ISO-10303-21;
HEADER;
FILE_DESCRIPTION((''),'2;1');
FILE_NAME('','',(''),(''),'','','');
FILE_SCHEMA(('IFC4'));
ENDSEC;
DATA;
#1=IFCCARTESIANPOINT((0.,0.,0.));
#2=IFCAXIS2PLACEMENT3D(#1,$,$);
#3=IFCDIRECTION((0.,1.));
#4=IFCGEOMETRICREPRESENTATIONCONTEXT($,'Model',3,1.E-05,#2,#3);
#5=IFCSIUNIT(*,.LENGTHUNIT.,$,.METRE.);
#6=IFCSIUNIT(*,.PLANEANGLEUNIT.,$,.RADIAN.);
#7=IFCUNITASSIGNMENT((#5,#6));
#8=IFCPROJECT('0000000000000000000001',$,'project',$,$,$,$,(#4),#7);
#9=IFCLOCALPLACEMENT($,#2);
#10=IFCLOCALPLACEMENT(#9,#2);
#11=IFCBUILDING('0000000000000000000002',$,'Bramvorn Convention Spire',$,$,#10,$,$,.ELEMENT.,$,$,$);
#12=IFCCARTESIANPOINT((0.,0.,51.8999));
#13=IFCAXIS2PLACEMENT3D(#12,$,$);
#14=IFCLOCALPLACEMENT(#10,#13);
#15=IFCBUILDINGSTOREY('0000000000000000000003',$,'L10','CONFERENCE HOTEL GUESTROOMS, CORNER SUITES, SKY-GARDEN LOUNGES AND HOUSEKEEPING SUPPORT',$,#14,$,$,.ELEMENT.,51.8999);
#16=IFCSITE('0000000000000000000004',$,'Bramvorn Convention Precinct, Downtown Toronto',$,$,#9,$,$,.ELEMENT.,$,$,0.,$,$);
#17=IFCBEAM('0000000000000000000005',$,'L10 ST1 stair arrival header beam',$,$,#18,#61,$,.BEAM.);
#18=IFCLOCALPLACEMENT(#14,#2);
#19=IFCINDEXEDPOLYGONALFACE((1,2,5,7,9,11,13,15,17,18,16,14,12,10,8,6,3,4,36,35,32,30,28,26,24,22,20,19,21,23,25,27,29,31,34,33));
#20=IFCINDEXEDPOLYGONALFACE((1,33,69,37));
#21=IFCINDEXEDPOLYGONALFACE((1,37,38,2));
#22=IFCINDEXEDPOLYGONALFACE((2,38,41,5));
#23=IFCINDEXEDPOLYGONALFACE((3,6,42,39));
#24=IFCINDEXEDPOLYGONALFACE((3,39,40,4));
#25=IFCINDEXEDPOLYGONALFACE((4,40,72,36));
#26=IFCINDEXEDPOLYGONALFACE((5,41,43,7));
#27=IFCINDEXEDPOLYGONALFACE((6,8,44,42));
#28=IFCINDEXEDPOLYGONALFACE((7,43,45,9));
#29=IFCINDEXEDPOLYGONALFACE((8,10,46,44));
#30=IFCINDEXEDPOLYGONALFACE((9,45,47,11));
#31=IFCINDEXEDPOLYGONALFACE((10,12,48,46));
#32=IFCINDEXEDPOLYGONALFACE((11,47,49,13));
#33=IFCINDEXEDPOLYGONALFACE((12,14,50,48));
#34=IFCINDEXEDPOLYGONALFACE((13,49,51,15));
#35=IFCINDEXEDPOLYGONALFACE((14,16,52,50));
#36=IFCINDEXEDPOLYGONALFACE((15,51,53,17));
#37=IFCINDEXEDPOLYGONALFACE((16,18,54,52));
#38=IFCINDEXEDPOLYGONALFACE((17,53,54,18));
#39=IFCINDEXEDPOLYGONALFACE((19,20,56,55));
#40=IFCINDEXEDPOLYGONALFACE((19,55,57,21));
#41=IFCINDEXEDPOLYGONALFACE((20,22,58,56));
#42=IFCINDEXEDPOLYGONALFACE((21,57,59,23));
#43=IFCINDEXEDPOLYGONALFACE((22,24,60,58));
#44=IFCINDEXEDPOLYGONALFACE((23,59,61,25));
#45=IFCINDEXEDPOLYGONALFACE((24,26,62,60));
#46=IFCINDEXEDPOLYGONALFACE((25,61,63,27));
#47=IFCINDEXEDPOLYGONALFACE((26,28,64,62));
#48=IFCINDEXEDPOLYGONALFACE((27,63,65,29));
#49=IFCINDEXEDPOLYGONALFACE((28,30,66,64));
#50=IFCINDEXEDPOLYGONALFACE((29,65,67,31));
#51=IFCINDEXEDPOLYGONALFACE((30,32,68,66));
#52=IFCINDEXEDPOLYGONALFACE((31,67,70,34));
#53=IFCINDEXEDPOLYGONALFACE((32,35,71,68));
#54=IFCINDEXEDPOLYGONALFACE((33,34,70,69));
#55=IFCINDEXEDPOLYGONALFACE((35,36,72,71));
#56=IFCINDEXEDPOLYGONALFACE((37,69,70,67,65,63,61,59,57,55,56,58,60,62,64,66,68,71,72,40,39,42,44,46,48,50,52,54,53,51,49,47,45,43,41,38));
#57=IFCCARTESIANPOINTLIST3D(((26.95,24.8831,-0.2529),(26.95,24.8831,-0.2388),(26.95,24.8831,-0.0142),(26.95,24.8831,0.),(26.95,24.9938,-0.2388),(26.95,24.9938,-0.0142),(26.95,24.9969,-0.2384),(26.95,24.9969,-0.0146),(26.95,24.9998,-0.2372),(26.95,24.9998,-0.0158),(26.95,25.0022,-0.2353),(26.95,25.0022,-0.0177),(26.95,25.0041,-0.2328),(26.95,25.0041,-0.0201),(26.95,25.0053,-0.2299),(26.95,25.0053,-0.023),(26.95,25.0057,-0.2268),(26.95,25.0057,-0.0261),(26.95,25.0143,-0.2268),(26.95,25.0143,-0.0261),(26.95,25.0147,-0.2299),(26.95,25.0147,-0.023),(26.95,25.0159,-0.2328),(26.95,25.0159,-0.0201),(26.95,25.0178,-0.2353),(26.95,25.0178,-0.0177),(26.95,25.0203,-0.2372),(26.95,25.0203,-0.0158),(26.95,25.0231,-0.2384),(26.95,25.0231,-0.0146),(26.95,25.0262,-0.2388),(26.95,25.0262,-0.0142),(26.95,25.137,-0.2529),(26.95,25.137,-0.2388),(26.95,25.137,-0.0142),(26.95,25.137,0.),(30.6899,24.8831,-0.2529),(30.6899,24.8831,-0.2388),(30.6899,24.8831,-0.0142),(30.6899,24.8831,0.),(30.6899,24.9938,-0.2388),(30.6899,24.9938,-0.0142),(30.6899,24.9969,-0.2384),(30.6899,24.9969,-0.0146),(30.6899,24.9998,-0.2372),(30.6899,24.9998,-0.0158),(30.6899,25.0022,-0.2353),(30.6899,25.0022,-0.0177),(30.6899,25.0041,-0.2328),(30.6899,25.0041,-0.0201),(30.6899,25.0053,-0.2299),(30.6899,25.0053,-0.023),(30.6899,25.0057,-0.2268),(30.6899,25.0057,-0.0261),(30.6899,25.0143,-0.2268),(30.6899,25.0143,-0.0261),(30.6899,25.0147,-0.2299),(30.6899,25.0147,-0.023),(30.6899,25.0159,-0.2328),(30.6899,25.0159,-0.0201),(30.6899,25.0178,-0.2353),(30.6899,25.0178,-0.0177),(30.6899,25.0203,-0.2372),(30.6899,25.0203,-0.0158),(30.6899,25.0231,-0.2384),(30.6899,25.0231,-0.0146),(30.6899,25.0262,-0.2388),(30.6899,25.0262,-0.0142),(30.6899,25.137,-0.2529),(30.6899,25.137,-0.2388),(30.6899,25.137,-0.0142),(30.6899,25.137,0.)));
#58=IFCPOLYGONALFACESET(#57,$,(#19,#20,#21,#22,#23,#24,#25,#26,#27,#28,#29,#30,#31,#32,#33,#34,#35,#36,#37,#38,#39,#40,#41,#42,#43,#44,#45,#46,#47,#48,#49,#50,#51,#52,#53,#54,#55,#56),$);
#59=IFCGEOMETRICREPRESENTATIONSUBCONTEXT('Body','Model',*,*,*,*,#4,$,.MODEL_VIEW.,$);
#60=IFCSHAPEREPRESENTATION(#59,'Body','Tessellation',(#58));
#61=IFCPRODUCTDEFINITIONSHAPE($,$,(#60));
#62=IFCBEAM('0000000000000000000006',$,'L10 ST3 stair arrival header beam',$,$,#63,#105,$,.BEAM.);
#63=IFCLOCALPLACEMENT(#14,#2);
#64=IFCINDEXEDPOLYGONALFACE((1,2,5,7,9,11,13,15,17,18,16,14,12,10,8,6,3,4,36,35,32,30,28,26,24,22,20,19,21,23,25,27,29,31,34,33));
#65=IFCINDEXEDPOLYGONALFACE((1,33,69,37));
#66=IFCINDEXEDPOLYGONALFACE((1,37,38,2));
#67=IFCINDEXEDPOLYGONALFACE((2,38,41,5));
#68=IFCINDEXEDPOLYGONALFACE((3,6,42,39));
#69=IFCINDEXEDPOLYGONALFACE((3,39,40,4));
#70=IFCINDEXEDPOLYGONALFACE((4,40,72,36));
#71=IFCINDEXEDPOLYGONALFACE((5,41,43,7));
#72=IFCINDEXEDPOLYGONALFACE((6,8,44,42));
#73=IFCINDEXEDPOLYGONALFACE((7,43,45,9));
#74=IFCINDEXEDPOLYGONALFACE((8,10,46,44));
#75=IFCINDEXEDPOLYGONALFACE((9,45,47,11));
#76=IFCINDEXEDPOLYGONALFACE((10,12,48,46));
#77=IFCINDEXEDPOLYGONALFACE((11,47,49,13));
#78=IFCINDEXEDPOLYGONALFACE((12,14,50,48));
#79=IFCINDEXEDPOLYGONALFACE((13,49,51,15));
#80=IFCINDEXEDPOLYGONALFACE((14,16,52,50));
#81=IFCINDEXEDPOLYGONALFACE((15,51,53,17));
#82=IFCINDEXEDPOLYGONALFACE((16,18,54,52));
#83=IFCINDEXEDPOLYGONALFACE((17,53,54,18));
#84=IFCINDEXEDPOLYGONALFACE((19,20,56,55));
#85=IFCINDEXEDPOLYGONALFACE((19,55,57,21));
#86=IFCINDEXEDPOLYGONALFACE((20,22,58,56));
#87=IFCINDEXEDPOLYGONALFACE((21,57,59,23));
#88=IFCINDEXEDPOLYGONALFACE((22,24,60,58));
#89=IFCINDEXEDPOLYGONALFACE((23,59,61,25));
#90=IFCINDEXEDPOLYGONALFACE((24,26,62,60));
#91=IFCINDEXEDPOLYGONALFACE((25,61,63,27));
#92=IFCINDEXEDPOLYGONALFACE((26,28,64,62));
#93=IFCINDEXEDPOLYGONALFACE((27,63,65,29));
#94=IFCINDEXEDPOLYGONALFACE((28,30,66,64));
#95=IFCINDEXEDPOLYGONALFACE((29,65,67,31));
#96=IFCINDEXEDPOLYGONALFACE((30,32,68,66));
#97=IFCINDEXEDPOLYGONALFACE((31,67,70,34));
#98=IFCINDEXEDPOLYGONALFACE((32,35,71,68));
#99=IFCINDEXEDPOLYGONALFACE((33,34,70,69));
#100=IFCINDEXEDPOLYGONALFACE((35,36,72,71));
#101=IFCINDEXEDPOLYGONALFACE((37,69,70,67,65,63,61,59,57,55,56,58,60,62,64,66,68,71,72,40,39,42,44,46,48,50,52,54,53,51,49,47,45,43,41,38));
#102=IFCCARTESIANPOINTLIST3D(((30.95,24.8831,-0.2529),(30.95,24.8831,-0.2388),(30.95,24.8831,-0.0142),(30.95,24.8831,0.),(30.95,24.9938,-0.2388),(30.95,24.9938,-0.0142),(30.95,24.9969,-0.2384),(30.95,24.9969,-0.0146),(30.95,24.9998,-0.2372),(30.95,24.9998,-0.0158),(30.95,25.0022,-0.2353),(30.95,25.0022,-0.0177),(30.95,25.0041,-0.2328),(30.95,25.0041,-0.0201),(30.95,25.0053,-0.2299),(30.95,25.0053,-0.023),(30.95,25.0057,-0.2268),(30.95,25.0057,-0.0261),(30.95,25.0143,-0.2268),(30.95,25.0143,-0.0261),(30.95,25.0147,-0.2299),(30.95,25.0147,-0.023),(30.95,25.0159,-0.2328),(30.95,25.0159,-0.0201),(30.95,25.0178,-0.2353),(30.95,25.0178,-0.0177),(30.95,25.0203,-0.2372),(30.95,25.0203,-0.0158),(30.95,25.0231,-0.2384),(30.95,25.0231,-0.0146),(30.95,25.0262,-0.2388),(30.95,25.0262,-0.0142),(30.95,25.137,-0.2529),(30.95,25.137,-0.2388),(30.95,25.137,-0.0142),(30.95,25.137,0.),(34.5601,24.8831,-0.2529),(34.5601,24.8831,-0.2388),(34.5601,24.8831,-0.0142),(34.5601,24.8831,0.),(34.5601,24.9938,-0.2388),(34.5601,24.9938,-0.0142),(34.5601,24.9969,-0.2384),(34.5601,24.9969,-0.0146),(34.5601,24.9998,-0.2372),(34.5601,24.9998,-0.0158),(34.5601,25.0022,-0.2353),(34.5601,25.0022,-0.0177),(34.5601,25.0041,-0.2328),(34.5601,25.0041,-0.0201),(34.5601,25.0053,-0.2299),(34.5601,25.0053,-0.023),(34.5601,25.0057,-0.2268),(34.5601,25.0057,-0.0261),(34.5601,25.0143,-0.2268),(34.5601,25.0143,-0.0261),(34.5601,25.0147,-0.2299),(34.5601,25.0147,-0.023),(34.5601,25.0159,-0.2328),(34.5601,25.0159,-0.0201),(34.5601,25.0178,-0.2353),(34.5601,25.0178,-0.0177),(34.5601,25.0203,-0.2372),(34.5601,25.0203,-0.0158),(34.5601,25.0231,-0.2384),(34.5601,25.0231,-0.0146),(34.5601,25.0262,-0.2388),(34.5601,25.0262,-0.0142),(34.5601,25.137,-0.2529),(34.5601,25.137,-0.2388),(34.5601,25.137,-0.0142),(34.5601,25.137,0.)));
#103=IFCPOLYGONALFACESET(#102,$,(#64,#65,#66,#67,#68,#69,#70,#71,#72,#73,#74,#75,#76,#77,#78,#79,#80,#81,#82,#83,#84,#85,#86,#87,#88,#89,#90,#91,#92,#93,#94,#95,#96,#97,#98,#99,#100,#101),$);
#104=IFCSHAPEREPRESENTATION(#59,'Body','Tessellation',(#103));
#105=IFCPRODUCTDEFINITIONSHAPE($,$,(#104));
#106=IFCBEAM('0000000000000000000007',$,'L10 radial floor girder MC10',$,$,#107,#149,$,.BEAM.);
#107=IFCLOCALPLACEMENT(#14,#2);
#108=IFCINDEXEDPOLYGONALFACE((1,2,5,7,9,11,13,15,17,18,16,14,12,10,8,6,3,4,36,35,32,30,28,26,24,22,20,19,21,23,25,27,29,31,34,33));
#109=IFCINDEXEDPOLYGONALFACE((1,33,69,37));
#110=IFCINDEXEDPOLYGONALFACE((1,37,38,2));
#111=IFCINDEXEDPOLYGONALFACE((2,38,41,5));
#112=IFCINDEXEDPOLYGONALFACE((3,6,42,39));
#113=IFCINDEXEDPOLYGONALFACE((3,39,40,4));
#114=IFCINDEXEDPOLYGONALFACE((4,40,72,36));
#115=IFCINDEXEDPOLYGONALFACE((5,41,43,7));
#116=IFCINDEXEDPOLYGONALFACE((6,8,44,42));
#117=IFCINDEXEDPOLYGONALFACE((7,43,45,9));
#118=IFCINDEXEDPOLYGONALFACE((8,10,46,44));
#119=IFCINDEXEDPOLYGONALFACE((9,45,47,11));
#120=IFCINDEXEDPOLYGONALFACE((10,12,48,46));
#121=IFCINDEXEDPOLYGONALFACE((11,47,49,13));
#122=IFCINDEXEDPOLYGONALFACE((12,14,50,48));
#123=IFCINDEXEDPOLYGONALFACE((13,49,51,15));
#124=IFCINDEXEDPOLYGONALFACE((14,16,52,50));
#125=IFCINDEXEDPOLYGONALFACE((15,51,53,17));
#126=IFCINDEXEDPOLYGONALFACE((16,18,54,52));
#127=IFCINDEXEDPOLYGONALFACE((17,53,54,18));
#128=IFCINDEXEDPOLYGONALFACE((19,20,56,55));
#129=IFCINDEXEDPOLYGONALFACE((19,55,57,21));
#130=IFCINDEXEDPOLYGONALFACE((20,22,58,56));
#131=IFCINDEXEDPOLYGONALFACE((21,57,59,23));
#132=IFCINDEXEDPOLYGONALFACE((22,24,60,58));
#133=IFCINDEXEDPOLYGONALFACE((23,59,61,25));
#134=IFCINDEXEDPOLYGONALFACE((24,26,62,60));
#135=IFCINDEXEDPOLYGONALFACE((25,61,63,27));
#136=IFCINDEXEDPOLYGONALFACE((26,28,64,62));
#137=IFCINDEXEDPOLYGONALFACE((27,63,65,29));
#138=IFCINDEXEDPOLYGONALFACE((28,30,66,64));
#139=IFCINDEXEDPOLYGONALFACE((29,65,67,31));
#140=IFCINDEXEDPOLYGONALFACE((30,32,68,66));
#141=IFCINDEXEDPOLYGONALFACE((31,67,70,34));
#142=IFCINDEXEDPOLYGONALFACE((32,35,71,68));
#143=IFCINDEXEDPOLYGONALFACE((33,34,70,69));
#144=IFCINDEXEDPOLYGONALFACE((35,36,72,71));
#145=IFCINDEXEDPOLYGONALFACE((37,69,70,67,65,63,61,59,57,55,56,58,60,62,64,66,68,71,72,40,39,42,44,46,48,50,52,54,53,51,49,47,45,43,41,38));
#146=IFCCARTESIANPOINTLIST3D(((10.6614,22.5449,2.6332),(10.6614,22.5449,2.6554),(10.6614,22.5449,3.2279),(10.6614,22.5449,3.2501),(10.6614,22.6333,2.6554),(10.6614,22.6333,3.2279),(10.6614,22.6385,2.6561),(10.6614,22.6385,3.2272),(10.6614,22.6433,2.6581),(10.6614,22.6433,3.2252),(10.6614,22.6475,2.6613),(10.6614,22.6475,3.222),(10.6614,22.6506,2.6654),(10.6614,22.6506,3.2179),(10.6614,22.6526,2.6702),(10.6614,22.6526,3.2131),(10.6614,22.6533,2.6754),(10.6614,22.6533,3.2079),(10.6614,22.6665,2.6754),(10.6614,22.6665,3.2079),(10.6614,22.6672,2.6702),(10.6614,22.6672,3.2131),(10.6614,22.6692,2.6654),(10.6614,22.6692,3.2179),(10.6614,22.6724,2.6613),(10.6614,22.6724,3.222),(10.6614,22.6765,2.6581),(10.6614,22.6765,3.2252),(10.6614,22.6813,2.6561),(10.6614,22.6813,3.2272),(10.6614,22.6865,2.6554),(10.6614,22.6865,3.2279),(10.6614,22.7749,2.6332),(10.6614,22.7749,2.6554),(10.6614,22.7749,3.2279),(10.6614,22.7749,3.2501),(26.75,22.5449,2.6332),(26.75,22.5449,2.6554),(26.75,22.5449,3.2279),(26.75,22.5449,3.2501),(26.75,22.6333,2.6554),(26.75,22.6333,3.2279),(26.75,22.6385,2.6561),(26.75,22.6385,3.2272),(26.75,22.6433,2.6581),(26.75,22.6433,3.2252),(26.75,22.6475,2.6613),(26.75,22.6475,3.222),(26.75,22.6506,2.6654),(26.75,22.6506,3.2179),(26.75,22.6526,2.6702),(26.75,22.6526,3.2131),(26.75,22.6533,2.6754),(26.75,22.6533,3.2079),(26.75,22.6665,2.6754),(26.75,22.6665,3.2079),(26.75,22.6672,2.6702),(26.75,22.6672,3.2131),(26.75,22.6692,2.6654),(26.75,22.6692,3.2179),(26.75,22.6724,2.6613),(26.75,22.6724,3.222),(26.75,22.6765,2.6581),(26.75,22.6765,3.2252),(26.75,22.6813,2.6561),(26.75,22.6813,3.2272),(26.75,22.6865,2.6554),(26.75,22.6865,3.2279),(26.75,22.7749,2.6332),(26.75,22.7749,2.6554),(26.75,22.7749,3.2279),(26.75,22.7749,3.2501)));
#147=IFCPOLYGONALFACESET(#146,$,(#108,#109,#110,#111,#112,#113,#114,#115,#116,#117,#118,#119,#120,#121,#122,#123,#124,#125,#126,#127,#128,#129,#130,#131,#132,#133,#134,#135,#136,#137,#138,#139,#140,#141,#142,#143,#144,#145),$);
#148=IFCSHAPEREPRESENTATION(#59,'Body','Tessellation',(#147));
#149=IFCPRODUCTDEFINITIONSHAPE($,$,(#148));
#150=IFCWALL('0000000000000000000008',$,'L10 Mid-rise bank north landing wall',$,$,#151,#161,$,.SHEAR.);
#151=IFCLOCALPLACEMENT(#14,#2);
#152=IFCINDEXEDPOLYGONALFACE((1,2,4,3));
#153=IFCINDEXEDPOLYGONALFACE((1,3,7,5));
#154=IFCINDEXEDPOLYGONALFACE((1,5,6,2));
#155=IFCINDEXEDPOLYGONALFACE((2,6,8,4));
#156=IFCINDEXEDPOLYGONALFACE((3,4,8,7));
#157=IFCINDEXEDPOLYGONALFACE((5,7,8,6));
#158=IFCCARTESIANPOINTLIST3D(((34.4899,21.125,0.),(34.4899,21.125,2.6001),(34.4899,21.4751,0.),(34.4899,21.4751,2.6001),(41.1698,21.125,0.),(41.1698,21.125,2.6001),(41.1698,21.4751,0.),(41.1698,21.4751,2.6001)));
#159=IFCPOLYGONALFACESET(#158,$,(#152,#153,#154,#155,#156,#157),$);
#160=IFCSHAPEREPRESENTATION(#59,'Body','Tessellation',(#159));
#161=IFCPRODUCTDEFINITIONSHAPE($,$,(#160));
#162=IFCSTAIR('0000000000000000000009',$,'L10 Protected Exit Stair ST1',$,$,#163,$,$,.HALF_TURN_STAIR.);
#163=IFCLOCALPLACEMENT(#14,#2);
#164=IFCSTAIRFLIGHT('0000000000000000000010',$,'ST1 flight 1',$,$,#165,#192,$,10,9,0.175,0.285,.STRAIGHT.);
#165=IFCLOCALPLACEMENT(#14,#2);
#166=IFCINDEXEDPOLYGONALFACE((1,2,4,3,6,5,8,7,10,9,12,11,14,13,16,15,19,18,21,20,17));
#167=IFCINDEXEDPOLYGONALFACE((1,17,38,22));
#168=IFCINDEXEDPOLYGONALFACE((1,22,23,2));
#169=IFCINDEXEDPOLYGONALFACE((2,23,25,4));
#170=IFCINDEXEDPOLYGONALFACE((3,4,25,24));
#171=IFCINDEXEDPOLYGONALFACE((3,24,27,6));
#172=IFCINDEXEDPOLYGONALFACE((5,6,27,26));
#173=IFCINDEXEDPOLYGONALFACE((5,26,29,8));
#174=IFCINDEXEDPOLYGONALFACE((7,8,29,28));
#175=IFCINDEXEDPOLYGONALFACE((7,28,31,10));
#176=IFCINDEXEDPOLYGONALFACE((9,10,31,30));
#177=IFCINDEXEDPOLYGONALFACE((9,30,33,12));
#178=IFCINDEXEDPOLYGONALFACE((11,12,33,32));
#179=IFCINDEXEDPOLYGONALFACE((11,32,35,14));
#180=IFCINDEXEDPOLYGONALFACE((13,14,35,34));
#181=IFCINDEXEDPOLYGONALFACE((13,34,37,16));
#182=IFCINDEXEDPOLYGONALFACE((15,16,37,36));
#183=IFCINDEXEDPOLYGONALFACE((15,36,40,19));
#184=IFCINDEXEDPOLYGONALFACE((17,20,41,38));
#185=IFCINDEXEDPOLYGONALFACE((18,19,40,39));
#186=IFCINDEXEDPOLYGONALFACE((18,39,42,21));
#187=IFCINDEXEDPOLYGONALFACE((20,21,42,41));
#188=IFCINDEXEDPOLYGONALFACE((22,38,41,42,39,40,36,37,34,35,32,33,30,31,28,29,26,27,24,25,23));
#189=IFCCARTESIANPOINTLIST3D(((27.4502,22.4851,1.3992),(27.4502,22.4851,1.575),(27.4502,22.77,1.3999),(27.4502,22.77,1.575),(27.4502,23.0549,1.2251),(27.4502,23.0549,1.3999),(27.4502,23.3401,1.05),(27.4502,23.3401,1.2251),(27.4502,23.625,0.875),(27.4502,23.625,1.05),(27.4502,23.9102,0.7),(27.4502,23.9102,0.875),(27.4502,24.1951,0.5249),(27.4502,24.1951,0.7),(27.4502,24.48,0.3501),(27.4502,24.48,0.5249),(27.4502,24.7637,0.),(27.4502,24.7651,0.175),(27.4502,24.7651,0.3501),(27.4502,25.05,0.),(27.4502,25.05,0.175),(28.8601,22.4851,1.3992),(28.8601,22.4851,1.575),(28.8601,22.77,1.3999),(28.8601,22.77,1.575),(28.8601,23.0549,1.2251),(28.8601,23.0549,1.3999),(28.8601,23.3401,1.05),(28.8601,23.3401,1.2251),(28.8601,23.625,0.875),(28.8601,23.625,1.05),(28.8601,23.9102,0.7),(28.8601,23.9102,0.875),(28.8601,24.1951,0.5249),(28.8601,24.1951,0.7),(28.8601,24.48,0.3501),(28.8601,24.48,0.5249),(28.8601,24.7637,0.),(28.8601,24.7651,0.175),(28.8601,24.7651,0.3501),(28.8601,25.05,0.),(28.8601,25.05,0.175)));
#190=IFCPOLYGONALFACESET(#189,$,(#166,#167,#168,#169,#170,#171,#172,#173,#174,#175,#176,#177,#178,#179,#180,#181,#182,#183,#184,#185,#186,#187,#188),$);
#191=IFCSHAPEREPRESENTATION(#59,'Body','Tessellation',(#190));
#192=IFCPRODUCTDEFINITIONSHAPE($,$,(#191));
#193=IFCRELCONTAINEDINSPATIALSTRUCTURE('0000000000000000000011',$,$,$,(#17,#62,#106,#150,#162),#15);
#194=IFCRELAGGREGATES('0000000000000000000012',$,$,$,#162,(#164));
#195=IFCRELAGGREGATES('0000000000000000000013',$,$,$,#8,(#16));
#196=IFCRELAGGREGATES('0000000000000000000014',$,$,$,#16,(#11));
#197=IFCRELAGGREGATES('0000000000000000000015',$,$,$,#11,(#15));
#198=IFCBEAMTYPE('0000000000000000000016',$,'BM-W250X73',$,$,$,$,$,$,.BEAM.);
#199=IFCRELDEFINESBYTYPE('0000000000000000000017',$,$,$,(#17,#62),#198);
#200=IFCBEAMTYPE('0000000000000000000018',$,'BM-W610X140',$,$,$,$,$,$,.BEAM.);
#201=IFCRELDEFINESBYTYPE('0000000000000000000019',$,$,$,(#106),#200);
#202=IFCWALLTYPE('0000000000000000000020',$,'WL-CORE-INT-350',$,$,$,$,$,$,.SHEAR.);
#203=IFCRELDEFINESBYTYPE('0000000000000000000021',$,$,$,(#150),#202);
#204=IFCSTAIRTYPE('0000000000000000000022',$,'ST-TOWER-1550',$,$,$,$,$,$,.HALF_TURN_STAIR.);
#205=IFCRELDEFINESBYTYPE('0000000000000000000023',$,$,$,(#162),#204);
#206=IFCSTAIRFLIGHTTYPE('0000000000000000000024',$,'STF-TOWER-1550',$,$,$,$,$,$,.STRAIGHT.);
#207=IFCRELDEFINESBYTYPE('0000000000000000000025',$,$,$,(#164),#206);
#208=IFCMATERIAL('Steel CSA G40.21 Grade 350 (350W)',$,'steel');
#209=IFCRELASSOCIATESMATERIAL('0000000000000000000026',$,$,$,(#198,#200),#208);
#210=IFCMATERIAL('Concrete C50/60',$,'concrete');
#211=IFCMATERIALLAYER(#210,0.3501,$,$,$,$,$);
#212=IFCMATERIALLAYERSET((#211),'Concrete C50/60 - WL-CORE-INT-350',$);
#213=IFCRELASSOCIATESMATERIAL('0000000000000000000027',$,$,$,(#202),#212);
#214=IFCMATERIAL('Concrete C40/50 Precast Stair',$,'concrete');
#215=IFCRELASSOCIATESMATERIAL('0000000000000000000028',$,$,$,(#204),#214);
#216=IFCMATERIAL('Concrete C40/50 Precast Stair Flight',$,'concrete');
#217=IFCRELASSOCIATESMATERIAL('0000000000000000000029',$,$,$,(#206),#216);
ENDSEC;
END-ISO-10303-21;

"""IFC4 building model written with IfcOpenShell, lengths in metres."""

from ifc_helpers import new_model, si_unit, direction, frame, frame_2d, origin, origin_2d, place, context, subcontext, project, spatial, polyline, rectangle, i_section, outline, extrude, material, layer, layer_set, material_profile, profile_set, type_object, element, aggregate, save


model = new_model("IFC4")

# Units and contexts
model_context = context("Model", 3, precision=1e-05, world=origin(), true_north=direction((0.0, 1.0)))
body_context = subcontext(model_context, "Body", "Model", "MODEL_VIEW")
ifc_project = project(units=[si_unit("LENGTHUNIT", "METRE"), si_unit("PLANEANGLEUNIT", "RADIAN")], contexts=[model_context])

# Site, building, storey
site_placement = place(None, origin())
site = spatial("IfcSite", under=ifc_project, at=site_placement, Name="Bramvorn Convention Precinct, Downtown Toronto", CompositionType="ELEMENT", RefElevation=0.0)
building_placement = place(site_placement, origin())
building = spatial("IfcBuilding", under=site, at=building_placement, Name="Bramvorn Convention Spire", CompositionType="ELEMENT")
storey_placement = place(building_placement, frame((0.0, 0.0, 51.8999)))
storey = spatial("IfcBuildingStorey", under=building, at=storey_placement, Name="L10", Description="CONFERENCE HOTEL GUESTROOMS, CORNER SUITES, SKY-GARDEN LOUNGES AND HOUSEKEEPING SUPPORT", CompositionType="ELEMENT", Elevation=51.8999)

# Beams
ifc_material_1 = material(Name="Steel CSA G40.21 Grade 350 (350W)", Category="steel")
ifc_material_profile_1 = material_profile(ifc_material_1, i_section(OverallWidth=0.2539, OverallDepth=0.2529, WebThickness=0.0085, FlangeThickness=0.0142, FilletRadius=0.012, at=origin_2d()))
ifc_profile_set_1 = profile_set([ifc_material_profile_1], Name="Steel CSA G40.21 Grade 350 (350W) - W250X73")
beam_type_1 = type_object("IfcBeamType", Name="BM-W250X73", PredefinedType="BEAM", material=ifc_profile_set_1)
beam_1_placement = place(storey_placement, frame((26.95, 25.01, -0.1265), z_axis=(1.0, 0.0, 0.0), x_axis=(0.0, 1.0, 0.0)))
element("IfcBeam", 1, at=beam_1_placement, inside=storey, type_object=beam_type_1, Name="L10 ST1 stair arrival header beam", PredefinedType="BEAM", context=body_context, shape_type="SweptSolid", body=[
    extrude(i_section(OverallWidth=0.2539, OverallDepth=0.2529, WebThickness=0.0085, FlangeThickness=0.0142, FilletRadius=0.012, at=origin_2d()), origin(), (0.0, 0.0, 1.0), 3.74),
])
beam_2_placement = place(storey_placement, frame((30.95, 25.01, -0.1265), z_axis=(1.0, 0.0, 0.0), x_axis=(0.0, 1.0, 0.0)))
element("IfcBeam", 2, at=beam_2_placement, inside=storey, type_object=beam_type_1, Name="L10 ST3 stair arrival header beam", PredefinedType="BEAM", context=body_context, shape_type="SweptSolid", body=[
    extrude(i_section(OverallWidth=0.2539, OverallDepth=0.2529, WebThickness=0.0085, FlangeThickness=0.0142, FilletRadius=0.012, at=origin_2d()), origin(), (0.0, 0.0, 1.0), 3.6101),
])
ifc_material_profile_2 = material_profile(ifc_material_1, i_section(OverallWidth=0.23, OverallDepth=0.6169, WebThickness=0.0132, FlangeThickness=0.0222, FilletRadius=0.02, at=origin_2d()))
ifc_profile_set_2 = profile_set([ifc_material_profile_2], Name="Steel CSA G40.21 Grade 350 (350W) - W610X140")
beam_type_2 = type_object("IfcBeamType", Name="BM-W610X140", PredefinedType="BEAM", material=ifc_profile_set_2)
beam_3_placement = place(storey_placement, frame((26.75, 22.6599, 2.9417), z_axis=(-1.0, 0.0, 0.0), x_axis=(0.0, -1.0, 0.0)))
element("IfcBeam", 3, at=beam_3_placement, inside=storey, type_object=beam_type_2, Name="L10 radial floor girder MC10", PredefinedType="BEAM", context=body_context, shape_type="SweptSolid", body=[
    extrude(i_section(OverallWidth=0.23, OverallDepth=0.6169, WebThickness=0.0132, FlangeThickness=0.0222, FilletRadius=0.02, at=origin_2d()), origin(), (0.0, 0.0, 1.0), 16.0886),
])

# Wall
ifc_material_2 = material(Name="Concrete C50/60", Category="concrete")
ifc_layer = layer(ifc_material_2, 0.3501)
ifc_layer_set = layer_set([ifc_layer], Name="Concrete C50/60 - WL-CORE-INT-350")
wall_type = type_object("IfcWallType", Name="WL-CORE-INT-350", PredefinedType="SHEAR", material=ifc_layer_set)
wall_placement = place(storey_placement, frame((34.49, 21.3, 0.0), z_axis=(0.0, 0.0, 1.0), x_axis=(1.0, 0.0, 0.0)))
element("IfcWall", 4, at=wall_placement, inside=storey, type_object=wall_type, Name="L10 Mid-rise bank north landing wall", PredefinedType="SHEAR", context=body_context, shape_type="SweptSolid", body=[
    extrude(rectangle(XDim=6.6799, YDim=0.3501, at=frame_2d((3.3398, 0.0))), origin(), (0.0, 0.0, 1.0), 2.6001),
])

# Stair, stair flight
ifc_material_3 = material(Name="Concrete C40/50 Precast Stair", Category="concrete")
stair_type = type_object("IfcStairType", Name="ST-TOWER-1550", PredefinedType="HALF_TURN_STAIR", material=ifc_material_3)
stair_1_placement = place(storey_placement, origin())
stair_1 = element("IfcStair", 5, at=stair_1_placement, inside=storey, type_object=stair_type, Name="L10 Protected Exit Stair ST1", PredefinedType="HALF_TURN_STAIR")
ifc_material_4 = material(Name="Concrete C40/50 Precast Stair Flight", Category="concrete")
stair_flight_type = type_object("IfcStairFlightType", Name="STF-TOWER-1550", PredefinedType="STRAIGHT", material=ifc_material_4)
stair_flight_1_placement = place(storey_placement, frame((28.155, 25.05, 0.0), z_axis=(0.0, 0.0, 1.0), x_axis=(0.0, -1.0, 0.0)))
stair_flight_1 = element("IfcStairFlight", 6, at=stair_flight_1_placement, type_object=stair_flight_type, Name="ST1 flight 1", NumberOfRisers=10, NumberOfTreads=9, PredefinedType="STRAIGHT", RiserHeight=0.175, TreadLength=0.285, context=body_context, shape_type="SweptSolid", body=[
    extrude(outline(polyline([(0.0, 0.0), (0.0, 0.175), (0.2849, 0.175), (0.2849, 0.3501), (0.5701, 0.3501), (0.5701, 0.5249), (0.855, 0.5249), (0.855, 0.7), (1.1399, 0.7), (1.1399, 0.875), (1.425, 0.875), (1.425, 1.05), (1.71, 1.05), (1.71, 1.2251), (1.9951, 1.2251), (1.9951, 1.3999), (2.28, 1.3999), (2.28, 1.575), (2.5649, 1.575), (2.5649, 1.75), (2.5649, 1.3992), (0.2864, 0.0), (0.0, 0.0)])), frame((0.0, 0.7051, 0.0), z_axis=(0.0, -1.0, 0.0), x_axis=(1.0, 0.0, 0.0)), (0.0, 0.0, 1.0), 1.4099),
])
aggregate(stair_1, [stair_flight_1])

save(model, "model.ifc")
